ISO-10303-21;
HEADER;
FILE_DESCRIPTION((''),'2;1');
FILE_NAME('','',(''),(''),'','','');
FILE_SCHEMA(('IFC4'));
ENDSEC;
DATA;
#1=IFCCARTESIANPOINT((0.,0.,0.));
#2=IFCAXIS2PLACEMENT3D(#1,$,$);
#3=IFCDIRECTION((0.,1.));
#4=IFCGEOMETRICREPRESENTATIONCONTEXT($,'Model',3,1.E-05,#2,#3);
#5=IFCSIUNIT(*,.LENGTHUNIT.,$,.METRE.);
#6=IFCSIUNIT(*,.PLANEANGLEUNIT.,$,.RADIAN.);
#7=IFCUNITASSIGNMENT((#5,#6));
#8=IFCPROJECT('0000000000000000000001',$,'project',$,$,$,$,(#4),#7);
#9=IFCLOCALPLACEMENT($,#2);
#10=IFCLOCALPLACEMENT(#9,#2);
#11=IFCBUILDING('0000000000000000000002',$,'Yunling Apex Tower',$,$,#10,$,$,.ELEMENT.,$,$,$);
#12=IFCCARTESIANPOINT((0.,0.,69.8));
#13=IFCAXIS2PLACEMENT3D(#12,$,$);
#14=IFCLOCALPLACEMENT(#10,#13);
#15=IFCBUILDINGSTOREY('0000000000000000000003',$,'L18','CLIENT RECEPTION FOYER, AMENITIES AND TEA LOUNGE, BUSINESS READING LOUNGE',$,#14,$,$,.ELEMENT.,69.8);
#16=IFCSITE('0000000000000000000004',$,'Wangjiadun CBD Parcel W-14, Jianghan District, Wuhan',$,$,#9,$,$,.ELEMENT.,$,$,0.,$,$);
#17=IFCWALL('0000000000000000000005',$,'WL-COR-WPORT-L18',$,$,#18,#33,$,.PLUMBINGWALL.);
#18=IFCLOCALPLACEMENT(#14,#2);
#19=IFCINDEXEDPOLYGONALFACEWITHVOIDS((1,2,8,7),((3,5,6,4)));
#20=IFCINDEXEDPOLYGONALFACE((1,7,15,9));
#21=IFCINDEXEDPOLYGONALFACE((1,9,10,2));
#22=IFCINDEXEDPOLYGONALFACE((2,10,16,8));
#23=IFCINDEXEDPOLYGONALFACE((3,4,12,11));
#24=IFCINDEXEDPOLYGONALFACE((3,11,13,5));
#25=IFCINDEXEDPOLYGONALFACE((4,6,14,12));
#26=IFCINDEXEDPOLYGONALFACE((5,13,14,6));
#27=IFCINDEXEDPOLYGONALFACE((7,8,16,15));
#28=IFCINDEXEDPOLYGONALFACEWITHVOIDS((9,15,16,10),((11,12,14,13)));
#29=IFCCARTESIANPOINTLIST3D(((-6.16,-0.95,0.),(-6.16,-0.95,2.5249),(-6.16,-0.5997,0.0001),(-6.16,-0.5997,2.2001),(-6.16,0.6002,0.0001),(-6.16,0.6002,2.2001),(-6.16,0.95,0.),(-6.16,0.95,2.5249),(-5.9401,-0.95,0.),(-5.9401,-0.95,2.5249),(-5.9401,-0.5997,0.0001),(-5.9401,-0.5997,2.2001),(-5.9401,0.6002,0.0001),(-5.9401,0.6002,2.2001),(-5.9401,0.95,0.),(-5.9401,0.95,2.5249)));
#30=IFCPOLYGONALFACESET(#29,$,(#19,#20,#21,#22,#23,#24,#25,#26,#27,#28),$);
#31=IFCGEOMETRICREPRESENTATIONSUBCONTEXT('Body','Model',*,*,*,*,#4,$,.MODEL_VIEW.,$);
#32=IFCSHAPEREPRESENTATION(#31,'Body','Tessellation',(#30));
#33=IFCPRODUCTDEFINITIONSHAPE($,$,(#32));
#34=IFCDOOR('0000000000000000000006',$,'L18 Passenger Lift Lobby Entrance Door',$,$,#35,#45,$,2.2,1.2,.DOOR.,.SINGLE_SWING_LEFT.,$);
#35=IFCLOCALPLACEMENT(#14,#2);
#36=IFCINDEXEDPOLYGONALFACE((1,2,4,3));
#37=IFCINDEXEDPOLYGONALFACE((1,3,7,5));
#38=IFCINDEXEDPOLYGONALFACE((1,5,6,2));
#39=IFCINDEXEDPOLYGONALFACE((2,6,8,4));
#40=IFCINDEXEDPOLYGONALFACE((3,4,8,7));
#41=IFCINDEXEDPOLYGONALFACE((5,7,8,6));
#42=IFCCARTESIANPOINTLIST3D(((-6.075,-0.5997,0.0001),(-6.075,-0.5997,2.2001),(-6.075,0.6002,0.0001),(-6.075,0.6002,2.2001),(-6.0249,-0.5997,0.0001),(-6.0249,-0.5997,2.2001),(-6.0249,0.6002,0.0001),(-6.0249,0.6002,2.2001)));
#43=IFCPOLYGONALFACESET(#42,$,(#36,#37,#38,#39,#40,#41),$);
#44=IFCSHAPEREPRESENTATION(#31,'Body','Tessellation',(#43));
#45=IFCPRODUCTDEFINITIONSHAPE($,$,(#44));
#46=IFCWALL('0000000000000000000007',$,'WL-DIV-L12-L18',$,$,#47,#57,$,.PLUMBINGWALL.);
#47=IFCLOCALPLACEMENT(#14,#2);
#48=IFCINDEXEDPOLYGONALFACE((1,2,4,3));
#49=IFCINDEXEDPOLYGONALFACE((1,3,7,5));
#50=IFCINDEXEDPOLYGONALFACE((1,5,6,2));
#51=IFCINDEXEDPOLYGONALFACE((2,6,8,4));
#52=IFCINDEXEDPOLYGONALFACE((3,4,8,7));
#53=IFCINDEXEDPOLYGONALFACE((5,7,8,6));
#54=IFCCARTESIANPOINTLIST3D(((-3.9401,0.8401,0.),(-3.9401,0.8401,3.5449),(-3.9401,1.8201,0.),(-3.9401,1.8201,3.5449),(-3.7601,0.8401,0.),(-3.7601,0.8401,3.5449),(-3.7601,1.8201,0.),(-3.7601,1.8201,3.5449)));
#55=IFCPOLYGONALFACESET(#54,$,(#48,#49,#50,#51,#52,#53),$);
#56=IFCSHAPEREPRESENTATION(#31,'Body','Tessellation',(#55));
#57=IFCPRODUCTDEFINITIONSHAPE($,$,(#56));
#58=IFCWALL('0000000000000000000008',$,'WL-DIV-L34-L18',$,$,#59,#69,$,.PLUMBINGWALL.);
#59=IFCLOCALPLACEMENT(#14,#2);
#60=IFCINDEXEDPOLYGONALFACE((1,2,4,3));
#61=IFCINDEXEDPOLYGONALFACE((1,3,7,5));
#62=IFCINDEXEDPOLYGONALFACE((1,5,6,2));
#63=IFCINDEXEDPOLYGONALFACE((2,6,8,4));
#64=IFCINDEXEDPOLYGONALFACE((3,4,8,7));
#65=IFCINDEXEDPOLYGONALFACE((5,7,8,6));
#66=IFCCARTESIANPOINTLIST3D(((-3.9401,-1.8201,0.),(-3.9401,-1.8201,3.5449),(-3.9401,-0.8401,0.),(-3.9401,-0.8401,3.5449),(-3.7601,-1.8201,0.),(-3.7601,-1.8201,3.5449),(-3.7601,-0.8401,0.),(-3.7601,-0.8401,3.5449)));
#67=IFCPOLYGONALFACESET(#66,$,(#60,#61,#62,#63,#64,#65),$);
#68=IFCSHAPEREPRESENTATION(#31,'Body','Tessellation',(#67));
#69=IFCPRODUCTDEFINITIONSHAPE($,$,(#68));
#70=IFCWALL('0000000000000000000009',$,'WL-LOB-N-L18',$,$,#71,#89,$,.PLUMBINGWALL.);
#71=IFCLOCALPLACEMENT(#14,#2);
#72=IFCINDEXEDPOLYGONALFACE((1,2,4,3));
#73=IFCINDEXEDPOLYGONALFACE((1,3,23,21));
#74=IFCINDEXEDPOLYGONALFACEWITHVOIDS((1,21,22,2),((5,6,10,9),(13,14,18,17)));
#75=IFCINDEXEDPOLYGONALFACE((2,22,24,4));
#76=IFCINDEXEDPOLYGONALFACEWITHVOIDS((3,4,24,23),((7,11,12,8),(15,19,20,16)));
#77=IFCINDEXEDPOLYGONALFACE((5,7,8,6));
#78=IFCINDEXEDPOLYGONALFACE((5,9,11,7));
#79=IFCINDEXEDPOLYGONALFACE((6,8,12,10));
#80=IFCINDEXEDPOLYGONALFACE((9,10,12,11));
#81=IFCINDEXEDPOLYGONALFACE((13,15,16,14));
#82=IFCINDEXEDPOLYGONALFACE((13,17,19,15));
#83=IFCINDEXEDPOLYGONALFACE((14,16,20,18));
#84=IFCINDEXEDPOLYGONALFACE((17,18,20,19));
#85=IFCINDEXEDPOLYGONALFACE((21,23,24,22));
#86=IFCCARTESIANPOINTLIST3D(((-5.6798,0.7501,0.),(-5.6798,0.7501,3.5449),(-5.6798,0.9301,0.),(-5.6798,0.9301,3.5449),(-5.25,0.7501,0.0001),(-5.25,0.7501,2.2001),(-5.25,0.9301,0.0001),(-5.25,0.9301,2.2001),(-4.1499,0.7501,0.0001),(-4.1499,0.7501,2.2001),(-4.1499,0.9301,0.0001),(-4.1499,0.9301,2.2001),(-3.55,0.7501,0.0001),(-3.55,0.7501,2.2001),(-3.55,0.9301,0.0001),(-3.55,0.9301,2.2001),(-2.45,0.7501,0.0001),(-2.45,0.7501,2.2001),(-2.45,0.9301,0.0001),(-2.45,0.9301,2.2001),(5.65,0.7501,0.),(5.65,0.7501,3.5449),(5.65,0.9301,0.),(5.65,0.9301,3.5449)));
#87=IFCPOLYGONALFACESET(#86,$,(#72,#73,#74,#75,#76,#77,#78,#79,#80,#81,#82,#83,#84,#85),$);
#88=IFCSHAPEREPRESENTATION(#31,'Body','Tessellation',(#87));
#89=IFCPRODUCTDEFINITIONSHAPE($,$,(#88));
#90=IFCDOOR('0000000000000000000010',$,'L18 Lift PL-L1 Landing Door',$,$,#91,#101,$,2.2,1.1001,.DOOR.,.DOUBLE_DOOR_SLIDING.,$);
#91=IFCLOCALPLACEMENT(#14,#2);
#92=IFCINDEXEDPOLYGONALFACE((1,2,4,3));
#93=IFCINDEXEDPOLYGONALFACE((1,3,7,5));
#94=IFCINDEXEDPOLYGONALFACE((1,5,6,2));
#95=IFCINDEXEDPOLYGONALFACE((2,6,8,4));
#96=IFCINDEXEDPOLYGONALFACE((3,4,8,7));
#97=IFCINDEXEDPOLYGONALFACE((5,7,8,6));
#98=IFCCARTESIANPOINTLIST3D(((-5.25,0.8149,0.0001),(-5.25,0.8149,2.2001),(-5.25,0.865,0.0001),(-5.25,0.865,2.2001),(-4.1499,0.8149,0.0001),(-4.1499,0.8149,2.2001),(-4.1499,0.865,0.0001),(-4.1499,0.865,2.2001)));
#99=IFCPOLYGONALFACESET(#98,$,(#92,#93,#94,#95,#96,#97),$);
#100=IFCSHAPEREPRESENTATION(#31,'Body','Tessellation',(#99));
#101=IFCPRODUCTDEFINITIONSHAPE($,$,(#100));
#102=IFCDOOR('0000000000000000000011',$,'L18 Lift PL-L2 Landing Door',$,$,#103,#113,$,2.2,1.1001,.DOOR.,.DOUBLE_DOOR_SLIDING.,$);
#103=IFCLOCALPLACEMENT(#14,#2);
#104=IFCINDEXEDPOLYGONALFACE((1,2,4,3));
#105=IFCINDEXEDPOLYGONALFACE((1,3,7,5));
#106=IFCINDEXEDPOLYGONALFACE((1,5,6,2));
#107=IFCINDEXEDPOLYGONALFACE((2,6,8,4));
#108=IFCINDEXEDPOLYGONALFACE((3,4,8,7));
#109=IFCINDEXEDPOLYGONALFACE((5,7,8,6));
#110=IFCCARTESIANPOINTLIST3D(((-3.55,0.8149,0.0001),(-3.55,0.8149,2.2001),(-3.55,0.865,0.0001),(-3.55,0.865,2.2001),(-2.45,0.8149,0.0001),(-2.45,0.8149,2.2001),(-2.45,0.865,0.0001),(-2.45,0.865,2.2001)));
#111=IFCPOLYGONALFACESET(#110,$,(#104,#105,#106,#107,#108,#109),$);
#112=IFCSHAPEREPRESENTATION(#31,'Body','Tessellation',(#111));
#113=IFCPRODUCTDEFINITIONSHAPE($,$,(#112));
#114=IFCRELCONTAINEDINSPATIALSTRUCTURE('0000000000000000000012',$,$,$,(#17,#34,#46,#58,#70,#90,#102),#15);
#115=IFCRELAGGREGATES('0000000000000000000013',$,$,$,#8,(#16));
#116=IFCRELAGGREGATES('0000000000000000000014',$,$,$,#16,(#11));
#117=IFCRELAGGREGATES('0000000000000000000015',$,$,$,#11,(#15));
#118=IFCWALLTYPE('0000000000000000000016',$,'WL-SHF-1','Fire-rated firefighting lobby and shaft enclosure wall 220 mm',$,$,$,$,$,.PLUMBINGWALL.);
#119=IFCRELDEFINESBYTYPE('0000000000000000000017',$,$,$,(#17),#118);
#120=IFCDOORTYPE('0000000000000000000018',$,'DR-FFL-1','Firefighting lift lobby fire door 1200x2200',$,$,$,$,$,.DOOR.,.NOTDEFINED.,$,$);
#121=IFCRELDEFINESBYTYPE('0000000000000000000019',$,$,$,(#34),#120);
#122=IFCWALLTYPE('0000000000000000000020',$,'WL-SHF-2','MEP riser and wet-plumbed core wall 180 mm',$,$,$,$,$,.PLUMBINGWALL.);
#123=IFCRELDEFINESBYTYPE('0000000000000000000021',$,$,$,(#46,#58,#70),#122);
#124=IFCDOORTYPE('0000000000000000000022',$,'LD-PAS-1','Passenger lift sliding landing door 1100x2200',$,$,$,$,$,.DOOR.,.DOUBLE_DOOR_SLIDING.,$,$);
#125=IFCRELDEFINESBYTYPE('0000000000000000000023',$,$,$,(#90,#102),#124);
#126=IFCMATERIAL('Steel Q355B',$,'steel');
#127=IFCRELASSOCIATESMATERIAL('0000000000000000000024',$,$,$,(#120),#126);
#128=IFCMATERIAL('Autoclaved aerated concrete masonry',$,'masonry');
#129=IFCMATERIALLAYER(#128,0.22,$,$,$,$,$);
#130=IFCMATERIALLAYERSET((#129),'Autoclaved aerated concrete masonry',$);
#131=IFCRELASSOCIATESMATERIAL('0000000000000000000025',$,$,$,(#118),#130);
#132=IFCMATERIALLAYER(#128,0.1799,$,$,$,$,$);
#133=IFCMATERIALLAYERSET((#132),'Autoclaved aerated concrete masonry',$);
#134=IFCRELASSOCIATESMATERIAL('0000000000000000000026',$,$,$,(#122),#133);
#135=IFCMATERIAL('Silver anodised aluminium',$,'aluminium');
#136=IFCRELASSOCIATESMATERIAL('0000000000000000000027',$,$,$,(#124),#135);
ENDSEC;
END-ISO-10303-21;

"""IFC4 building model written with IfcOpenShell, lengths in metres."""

from ifc_helpers import new_model, si_unit, direction, frame, frame_2d, origin, place, context, subcontext, project, spatial, rectangle, extrude, material, layer, layer_set, type_object, element, fill, save


model = new_model("IFC4")

# Units and contexts
model_context = context("Model", 3, precision=1e-05, world=origin(), true_north=direction((0.0, 1.0)))
body_context = subcontext(model_context, "Body", "Model", "MODEL_VIEW")
ifc_project = project(units=[si_unit("LENGTHUNIT", "METRE"), si_unit("PLANEANGLEUNIT", "RADIAN")], contexts=[model_context])

# Site, building, storey
site_placement = place(None, origin())
site = spatial("IfcSite", under=ifc_project, at=site_placement, Name="Wangjiadun CBD Parcel W-14, Jianghan District, Wuhan", CompositionType="ELEMENT", RefElevation=0.0)
building_placement = place(site_placement, origin())
building = spatial("IfcBuilding", under=site, at=building_placement, Name="Yunling Apex Tower", CompositionType="ELEMENT")
storey_placement = place(building_placement, frame((0.0, 0.0, 69.8)))
storey = spatial("IfcBuildingStorey", under=building, at=storey_placement, Name="L18", Description="CLIENT RECEPTION FOYER, AMENITIES AND TEA LOUNGE, BUSINESS READING LOUNGE", CompositionType="ELEMENT", Elevation=69.8)

# Shared definitions
ifc_material_1 = material(Name="Steel Q355B", Category="steel")

# Shared definitions
door_type_1 = type_object("IfcDoorType", Name="DR-FFL-1", Description="Firefighting lift lobby fire door 1200x2200", OperationType="NOTDEFINED", PredefinedType="DOOR", material=ifc_material_1)

# Wall, opening, door
ifc_material_2 = material(Name="Autoclaved aerated concrete masonry", Category="masonry")
ifc_layer_1 = layer(ifc_material_2, 0.22)
ifc_layer_set_1 = layer_set([ifc_layer_1], Name="Autoclaved aerated concrete masonry")
wall_type_1 = type_object("IfcWallType", Name="WL-SHF-1", Description="Fire-rated firefighting lobby and shaft enclosure wall 220 mm", PredefinedType="PLUMBINGWALL", material=ifc_layer_set_1)
wall_1_placement = place(storey_placement, frame((-6.05, -0.95, 0.0), z_axis=(0.0, 0.0, 1.0), x_axis=(0.0, 1.0, 0.0)))
wall_1 = element("IfcWall", 1, at=wall_1_placement, inside=storey, type_object=wall_type_1, Name="WL-COR-WPORT-L18", PredefinedType="PLUMBINGWALL", context=body_context, shape_type="SweptSolid", body=[
    extrude(rectangle(XDim=1.8999, YDim=0.22, at=frame_2d((0.95, 0.0))), origin(), (0.0, 0.0, 1.0), 2.5249),
])
opening_1_placement = place(wall_1_placement, frame((0.3501, 0.0, 0.0)))
opening_1 = element("IfcOpeningElement", 2, at=opening_1_placement, cuts=wall_1, PredefinedType="OPENING", context=body_context, shape_type="SweptSolid", body=[
    extrude(rectangle(XDim=1.2, YDim=2.2, at=frame_2d((0.6001, 1.1001))), frame((0.0, 0.1201, 0.0), z_axis=(0.0, -1.0, 0.0), x_axis=(1.0, 0.0, 0.0)), (0.0, 0.0, 1.0), 0.24),
])
door_1_placement = place(opening_1_placement, origin())
door_1 = element("IfcDoor", 3, at=door_1_placement, inside=storey, type_object=door_type_1, Name="L18 Passenger Lift Lobby Entrance Door", OperationType="SINGLE_SWING_LEFT", OverallHeight=2.2, OverallWidth=1.2, PredefinedType="DOOR", context=body_context, shape_type="SweptSolid", body=[
    extrude(rectangle(XDim=1.2, YDim=2.2, at=frame_2d((0.6001, 1.1001))), frame((0.0, 0.0249, 0.0), z_axis=(0.0, -1.0, 0.0), x_axis=(1.0, 0.0, 0.0)), (0.0, 0.0, 1.0), 0.05),
])
fill(opening_1, door_1)

# Walls
ifc_layer_2 = layer(ifc_material_2, 0.1799)
ifc_layer_set_2 = layer_set([ifc_layer_2], Name="Autoclaved aerated concrete masonry")
wall_type_2 = type_object("IfcWallType", Name="WL-SHF-2", Description="MEP riser and wet-plumbed core wall 180 mm", PredefinedType="PLUMBINGWALL", material=ifc_layer_set_2)
for number, where, z_axis, x_axis, name in (
    (4, (-3.8501, 0.8401, 0.0), (0.0, 0.0, 1.0), (0.0, 1.0, 0.0), "WL-DIV-L12-L18"),
    (5, (-3.8501, -1.8201, 0.0), (0.0, 0.0, 1.0), (0.0, 1.0, 0.0), "WL-DIV-L34-L18"),
):
    element("IfcWall", number, at=place(storey_placement, frame(where, z_axis=z_axis, x_axis=x_axis)), inside=storey, type_object=wall_type_2, Name=name, PredefinedType="PLUMBINGWALL", context=body_context, shape_type="SweptSolid", body=[
        extrude(rectangle(XDim=0.98, YDim=0.1799, at=frame_2d((0.49, 0.0))), origin(), (0.0, 0.0, 1.0), 3.5449),
    ])

# Wall, openings, doors
wall_2_placement = place(storey_placement, frame((-5.6799, 0.8401, 0.0), z_axis=(0.0, 0.0, 1.0), x_axis=(1.0, 0.0, 0.0)))
wall_2 = element("IfcWall", 6, at=wall_2_placement, inside=storey, type_object=wall_type_2, Name="WL-LOB-N-L18", PredefinedType="PLUMBINGWALL", context=body_context, shape_type="SweptSolid", body=[
    extrude(rectangle(XDim=11.3298, YDim=0.1799, at=frame_2d((5.665, 0.0))), origin(), (0.0, 0.0, 1.0), 3.5449),
])
opening_2_placement = place(wall_2_placement, frame((0.4299, 0.0, 0.0)))
opening_2 = element("IfcOpeningElement", 7, at=opening_2_placement, cuts=wall_2, PredefinedType="OPENING", context=body_context, shape_type="SweptSolid", body=[
    extrude(rectangle(XDim=1.1001, YDim=2.2, at=frame_2d((0.55, 1.1001))), frame((0.0, 0.1001, 0.0), z_axis=(0.0, -1.0, 0.0), x_axis=(1.0, 0.0, 0.0)), (0.0, 0.0, 1.0), 0.2),
])
opening_3_placement = place(wall_2_placement, frame((2.1299, 0.0, 0.0)))
opening_3 = element("IfcOpeningElement", 8, at=opening_3_placement, cuts=wall_2, PredefinedType="OPENING", context=body_context, shape_type="SweptSolid", body=[
    extrude(rectangle(XDim=1.1001, YDim=2.2, at=frame_2d((0.55, 1.1001))), frame((0.0, 0.1001, 0.0), z_axis=(0.0, -1.0, 0.0), x_axis=(1.0, 0.0, 0.0)), (0.0, 0.0, 1.0), 0.2),
])
ifc_material_3 = material(Name="Silver anodised aluminium", Category="aluminium")
door_type_2 = type_object("IfcDoorType", Name="LD-PAS-1", Description="Passenger lift sliding landing door 1100x2200", OperationType="DOUBLE_DOOR_SLIDING", PredefinedType="DOOR", material=ifc_material_3)
door_2_placement = place(opening_2_placement, origin())
door_2 = element("IfcDoor", 9, at=door_2_placement, inside=storey, type_object=door_type_2, Name="L18 Lift PL-L1 Landing Door", OperationType="DOUBLE_DOOR_SLIDING", OverallHeight=2.2, OverallWidth=1.1001, PredefinedType="DOOR", context=body_context, shape_type="SweptSolid", body=[
    extrude(rectangle(XDim=1.1001, YDim=2.2, at=frame_2d((0.55, 1.1001))), frame((0.0, 0.0249, 0.0), z_axis=(0.0, -1.0, 0.0), x_axis=(1.0, 0.0, 0.0)), (0.0, 0.0, 1.0), 0.05),
])
fill(opening_2, door_2)
door_3_placement = place(opening_3_placement, origin())
door_3 = element("IfcDoor", 10, at=door_3_placement, inside=storey, type_object=door_type_2, Name="L18 Lift PL-L2 Landing Door", OperationType="DOUBLE_DOOR_SLIDING", OverallHeight=2.2, OverallWidth=1.1001, PredefinedType="DOOR", context=body_context, shape_type="SweptSolid", body=[
    extrude(rectangle(XDim=1.1001, YDim=2.2, at=frame_2d((0.55, 1.1001))), frame((0.0, 0.0249, 0.0), z_axis=(0.0, -1.0, 0.0), x_axis=(1.0, 0.0, 0.0)), (0.0, 0.0, 1.0), 0.05),
])
fill(opening_3, door_3)

save(model, "model.ifc")
